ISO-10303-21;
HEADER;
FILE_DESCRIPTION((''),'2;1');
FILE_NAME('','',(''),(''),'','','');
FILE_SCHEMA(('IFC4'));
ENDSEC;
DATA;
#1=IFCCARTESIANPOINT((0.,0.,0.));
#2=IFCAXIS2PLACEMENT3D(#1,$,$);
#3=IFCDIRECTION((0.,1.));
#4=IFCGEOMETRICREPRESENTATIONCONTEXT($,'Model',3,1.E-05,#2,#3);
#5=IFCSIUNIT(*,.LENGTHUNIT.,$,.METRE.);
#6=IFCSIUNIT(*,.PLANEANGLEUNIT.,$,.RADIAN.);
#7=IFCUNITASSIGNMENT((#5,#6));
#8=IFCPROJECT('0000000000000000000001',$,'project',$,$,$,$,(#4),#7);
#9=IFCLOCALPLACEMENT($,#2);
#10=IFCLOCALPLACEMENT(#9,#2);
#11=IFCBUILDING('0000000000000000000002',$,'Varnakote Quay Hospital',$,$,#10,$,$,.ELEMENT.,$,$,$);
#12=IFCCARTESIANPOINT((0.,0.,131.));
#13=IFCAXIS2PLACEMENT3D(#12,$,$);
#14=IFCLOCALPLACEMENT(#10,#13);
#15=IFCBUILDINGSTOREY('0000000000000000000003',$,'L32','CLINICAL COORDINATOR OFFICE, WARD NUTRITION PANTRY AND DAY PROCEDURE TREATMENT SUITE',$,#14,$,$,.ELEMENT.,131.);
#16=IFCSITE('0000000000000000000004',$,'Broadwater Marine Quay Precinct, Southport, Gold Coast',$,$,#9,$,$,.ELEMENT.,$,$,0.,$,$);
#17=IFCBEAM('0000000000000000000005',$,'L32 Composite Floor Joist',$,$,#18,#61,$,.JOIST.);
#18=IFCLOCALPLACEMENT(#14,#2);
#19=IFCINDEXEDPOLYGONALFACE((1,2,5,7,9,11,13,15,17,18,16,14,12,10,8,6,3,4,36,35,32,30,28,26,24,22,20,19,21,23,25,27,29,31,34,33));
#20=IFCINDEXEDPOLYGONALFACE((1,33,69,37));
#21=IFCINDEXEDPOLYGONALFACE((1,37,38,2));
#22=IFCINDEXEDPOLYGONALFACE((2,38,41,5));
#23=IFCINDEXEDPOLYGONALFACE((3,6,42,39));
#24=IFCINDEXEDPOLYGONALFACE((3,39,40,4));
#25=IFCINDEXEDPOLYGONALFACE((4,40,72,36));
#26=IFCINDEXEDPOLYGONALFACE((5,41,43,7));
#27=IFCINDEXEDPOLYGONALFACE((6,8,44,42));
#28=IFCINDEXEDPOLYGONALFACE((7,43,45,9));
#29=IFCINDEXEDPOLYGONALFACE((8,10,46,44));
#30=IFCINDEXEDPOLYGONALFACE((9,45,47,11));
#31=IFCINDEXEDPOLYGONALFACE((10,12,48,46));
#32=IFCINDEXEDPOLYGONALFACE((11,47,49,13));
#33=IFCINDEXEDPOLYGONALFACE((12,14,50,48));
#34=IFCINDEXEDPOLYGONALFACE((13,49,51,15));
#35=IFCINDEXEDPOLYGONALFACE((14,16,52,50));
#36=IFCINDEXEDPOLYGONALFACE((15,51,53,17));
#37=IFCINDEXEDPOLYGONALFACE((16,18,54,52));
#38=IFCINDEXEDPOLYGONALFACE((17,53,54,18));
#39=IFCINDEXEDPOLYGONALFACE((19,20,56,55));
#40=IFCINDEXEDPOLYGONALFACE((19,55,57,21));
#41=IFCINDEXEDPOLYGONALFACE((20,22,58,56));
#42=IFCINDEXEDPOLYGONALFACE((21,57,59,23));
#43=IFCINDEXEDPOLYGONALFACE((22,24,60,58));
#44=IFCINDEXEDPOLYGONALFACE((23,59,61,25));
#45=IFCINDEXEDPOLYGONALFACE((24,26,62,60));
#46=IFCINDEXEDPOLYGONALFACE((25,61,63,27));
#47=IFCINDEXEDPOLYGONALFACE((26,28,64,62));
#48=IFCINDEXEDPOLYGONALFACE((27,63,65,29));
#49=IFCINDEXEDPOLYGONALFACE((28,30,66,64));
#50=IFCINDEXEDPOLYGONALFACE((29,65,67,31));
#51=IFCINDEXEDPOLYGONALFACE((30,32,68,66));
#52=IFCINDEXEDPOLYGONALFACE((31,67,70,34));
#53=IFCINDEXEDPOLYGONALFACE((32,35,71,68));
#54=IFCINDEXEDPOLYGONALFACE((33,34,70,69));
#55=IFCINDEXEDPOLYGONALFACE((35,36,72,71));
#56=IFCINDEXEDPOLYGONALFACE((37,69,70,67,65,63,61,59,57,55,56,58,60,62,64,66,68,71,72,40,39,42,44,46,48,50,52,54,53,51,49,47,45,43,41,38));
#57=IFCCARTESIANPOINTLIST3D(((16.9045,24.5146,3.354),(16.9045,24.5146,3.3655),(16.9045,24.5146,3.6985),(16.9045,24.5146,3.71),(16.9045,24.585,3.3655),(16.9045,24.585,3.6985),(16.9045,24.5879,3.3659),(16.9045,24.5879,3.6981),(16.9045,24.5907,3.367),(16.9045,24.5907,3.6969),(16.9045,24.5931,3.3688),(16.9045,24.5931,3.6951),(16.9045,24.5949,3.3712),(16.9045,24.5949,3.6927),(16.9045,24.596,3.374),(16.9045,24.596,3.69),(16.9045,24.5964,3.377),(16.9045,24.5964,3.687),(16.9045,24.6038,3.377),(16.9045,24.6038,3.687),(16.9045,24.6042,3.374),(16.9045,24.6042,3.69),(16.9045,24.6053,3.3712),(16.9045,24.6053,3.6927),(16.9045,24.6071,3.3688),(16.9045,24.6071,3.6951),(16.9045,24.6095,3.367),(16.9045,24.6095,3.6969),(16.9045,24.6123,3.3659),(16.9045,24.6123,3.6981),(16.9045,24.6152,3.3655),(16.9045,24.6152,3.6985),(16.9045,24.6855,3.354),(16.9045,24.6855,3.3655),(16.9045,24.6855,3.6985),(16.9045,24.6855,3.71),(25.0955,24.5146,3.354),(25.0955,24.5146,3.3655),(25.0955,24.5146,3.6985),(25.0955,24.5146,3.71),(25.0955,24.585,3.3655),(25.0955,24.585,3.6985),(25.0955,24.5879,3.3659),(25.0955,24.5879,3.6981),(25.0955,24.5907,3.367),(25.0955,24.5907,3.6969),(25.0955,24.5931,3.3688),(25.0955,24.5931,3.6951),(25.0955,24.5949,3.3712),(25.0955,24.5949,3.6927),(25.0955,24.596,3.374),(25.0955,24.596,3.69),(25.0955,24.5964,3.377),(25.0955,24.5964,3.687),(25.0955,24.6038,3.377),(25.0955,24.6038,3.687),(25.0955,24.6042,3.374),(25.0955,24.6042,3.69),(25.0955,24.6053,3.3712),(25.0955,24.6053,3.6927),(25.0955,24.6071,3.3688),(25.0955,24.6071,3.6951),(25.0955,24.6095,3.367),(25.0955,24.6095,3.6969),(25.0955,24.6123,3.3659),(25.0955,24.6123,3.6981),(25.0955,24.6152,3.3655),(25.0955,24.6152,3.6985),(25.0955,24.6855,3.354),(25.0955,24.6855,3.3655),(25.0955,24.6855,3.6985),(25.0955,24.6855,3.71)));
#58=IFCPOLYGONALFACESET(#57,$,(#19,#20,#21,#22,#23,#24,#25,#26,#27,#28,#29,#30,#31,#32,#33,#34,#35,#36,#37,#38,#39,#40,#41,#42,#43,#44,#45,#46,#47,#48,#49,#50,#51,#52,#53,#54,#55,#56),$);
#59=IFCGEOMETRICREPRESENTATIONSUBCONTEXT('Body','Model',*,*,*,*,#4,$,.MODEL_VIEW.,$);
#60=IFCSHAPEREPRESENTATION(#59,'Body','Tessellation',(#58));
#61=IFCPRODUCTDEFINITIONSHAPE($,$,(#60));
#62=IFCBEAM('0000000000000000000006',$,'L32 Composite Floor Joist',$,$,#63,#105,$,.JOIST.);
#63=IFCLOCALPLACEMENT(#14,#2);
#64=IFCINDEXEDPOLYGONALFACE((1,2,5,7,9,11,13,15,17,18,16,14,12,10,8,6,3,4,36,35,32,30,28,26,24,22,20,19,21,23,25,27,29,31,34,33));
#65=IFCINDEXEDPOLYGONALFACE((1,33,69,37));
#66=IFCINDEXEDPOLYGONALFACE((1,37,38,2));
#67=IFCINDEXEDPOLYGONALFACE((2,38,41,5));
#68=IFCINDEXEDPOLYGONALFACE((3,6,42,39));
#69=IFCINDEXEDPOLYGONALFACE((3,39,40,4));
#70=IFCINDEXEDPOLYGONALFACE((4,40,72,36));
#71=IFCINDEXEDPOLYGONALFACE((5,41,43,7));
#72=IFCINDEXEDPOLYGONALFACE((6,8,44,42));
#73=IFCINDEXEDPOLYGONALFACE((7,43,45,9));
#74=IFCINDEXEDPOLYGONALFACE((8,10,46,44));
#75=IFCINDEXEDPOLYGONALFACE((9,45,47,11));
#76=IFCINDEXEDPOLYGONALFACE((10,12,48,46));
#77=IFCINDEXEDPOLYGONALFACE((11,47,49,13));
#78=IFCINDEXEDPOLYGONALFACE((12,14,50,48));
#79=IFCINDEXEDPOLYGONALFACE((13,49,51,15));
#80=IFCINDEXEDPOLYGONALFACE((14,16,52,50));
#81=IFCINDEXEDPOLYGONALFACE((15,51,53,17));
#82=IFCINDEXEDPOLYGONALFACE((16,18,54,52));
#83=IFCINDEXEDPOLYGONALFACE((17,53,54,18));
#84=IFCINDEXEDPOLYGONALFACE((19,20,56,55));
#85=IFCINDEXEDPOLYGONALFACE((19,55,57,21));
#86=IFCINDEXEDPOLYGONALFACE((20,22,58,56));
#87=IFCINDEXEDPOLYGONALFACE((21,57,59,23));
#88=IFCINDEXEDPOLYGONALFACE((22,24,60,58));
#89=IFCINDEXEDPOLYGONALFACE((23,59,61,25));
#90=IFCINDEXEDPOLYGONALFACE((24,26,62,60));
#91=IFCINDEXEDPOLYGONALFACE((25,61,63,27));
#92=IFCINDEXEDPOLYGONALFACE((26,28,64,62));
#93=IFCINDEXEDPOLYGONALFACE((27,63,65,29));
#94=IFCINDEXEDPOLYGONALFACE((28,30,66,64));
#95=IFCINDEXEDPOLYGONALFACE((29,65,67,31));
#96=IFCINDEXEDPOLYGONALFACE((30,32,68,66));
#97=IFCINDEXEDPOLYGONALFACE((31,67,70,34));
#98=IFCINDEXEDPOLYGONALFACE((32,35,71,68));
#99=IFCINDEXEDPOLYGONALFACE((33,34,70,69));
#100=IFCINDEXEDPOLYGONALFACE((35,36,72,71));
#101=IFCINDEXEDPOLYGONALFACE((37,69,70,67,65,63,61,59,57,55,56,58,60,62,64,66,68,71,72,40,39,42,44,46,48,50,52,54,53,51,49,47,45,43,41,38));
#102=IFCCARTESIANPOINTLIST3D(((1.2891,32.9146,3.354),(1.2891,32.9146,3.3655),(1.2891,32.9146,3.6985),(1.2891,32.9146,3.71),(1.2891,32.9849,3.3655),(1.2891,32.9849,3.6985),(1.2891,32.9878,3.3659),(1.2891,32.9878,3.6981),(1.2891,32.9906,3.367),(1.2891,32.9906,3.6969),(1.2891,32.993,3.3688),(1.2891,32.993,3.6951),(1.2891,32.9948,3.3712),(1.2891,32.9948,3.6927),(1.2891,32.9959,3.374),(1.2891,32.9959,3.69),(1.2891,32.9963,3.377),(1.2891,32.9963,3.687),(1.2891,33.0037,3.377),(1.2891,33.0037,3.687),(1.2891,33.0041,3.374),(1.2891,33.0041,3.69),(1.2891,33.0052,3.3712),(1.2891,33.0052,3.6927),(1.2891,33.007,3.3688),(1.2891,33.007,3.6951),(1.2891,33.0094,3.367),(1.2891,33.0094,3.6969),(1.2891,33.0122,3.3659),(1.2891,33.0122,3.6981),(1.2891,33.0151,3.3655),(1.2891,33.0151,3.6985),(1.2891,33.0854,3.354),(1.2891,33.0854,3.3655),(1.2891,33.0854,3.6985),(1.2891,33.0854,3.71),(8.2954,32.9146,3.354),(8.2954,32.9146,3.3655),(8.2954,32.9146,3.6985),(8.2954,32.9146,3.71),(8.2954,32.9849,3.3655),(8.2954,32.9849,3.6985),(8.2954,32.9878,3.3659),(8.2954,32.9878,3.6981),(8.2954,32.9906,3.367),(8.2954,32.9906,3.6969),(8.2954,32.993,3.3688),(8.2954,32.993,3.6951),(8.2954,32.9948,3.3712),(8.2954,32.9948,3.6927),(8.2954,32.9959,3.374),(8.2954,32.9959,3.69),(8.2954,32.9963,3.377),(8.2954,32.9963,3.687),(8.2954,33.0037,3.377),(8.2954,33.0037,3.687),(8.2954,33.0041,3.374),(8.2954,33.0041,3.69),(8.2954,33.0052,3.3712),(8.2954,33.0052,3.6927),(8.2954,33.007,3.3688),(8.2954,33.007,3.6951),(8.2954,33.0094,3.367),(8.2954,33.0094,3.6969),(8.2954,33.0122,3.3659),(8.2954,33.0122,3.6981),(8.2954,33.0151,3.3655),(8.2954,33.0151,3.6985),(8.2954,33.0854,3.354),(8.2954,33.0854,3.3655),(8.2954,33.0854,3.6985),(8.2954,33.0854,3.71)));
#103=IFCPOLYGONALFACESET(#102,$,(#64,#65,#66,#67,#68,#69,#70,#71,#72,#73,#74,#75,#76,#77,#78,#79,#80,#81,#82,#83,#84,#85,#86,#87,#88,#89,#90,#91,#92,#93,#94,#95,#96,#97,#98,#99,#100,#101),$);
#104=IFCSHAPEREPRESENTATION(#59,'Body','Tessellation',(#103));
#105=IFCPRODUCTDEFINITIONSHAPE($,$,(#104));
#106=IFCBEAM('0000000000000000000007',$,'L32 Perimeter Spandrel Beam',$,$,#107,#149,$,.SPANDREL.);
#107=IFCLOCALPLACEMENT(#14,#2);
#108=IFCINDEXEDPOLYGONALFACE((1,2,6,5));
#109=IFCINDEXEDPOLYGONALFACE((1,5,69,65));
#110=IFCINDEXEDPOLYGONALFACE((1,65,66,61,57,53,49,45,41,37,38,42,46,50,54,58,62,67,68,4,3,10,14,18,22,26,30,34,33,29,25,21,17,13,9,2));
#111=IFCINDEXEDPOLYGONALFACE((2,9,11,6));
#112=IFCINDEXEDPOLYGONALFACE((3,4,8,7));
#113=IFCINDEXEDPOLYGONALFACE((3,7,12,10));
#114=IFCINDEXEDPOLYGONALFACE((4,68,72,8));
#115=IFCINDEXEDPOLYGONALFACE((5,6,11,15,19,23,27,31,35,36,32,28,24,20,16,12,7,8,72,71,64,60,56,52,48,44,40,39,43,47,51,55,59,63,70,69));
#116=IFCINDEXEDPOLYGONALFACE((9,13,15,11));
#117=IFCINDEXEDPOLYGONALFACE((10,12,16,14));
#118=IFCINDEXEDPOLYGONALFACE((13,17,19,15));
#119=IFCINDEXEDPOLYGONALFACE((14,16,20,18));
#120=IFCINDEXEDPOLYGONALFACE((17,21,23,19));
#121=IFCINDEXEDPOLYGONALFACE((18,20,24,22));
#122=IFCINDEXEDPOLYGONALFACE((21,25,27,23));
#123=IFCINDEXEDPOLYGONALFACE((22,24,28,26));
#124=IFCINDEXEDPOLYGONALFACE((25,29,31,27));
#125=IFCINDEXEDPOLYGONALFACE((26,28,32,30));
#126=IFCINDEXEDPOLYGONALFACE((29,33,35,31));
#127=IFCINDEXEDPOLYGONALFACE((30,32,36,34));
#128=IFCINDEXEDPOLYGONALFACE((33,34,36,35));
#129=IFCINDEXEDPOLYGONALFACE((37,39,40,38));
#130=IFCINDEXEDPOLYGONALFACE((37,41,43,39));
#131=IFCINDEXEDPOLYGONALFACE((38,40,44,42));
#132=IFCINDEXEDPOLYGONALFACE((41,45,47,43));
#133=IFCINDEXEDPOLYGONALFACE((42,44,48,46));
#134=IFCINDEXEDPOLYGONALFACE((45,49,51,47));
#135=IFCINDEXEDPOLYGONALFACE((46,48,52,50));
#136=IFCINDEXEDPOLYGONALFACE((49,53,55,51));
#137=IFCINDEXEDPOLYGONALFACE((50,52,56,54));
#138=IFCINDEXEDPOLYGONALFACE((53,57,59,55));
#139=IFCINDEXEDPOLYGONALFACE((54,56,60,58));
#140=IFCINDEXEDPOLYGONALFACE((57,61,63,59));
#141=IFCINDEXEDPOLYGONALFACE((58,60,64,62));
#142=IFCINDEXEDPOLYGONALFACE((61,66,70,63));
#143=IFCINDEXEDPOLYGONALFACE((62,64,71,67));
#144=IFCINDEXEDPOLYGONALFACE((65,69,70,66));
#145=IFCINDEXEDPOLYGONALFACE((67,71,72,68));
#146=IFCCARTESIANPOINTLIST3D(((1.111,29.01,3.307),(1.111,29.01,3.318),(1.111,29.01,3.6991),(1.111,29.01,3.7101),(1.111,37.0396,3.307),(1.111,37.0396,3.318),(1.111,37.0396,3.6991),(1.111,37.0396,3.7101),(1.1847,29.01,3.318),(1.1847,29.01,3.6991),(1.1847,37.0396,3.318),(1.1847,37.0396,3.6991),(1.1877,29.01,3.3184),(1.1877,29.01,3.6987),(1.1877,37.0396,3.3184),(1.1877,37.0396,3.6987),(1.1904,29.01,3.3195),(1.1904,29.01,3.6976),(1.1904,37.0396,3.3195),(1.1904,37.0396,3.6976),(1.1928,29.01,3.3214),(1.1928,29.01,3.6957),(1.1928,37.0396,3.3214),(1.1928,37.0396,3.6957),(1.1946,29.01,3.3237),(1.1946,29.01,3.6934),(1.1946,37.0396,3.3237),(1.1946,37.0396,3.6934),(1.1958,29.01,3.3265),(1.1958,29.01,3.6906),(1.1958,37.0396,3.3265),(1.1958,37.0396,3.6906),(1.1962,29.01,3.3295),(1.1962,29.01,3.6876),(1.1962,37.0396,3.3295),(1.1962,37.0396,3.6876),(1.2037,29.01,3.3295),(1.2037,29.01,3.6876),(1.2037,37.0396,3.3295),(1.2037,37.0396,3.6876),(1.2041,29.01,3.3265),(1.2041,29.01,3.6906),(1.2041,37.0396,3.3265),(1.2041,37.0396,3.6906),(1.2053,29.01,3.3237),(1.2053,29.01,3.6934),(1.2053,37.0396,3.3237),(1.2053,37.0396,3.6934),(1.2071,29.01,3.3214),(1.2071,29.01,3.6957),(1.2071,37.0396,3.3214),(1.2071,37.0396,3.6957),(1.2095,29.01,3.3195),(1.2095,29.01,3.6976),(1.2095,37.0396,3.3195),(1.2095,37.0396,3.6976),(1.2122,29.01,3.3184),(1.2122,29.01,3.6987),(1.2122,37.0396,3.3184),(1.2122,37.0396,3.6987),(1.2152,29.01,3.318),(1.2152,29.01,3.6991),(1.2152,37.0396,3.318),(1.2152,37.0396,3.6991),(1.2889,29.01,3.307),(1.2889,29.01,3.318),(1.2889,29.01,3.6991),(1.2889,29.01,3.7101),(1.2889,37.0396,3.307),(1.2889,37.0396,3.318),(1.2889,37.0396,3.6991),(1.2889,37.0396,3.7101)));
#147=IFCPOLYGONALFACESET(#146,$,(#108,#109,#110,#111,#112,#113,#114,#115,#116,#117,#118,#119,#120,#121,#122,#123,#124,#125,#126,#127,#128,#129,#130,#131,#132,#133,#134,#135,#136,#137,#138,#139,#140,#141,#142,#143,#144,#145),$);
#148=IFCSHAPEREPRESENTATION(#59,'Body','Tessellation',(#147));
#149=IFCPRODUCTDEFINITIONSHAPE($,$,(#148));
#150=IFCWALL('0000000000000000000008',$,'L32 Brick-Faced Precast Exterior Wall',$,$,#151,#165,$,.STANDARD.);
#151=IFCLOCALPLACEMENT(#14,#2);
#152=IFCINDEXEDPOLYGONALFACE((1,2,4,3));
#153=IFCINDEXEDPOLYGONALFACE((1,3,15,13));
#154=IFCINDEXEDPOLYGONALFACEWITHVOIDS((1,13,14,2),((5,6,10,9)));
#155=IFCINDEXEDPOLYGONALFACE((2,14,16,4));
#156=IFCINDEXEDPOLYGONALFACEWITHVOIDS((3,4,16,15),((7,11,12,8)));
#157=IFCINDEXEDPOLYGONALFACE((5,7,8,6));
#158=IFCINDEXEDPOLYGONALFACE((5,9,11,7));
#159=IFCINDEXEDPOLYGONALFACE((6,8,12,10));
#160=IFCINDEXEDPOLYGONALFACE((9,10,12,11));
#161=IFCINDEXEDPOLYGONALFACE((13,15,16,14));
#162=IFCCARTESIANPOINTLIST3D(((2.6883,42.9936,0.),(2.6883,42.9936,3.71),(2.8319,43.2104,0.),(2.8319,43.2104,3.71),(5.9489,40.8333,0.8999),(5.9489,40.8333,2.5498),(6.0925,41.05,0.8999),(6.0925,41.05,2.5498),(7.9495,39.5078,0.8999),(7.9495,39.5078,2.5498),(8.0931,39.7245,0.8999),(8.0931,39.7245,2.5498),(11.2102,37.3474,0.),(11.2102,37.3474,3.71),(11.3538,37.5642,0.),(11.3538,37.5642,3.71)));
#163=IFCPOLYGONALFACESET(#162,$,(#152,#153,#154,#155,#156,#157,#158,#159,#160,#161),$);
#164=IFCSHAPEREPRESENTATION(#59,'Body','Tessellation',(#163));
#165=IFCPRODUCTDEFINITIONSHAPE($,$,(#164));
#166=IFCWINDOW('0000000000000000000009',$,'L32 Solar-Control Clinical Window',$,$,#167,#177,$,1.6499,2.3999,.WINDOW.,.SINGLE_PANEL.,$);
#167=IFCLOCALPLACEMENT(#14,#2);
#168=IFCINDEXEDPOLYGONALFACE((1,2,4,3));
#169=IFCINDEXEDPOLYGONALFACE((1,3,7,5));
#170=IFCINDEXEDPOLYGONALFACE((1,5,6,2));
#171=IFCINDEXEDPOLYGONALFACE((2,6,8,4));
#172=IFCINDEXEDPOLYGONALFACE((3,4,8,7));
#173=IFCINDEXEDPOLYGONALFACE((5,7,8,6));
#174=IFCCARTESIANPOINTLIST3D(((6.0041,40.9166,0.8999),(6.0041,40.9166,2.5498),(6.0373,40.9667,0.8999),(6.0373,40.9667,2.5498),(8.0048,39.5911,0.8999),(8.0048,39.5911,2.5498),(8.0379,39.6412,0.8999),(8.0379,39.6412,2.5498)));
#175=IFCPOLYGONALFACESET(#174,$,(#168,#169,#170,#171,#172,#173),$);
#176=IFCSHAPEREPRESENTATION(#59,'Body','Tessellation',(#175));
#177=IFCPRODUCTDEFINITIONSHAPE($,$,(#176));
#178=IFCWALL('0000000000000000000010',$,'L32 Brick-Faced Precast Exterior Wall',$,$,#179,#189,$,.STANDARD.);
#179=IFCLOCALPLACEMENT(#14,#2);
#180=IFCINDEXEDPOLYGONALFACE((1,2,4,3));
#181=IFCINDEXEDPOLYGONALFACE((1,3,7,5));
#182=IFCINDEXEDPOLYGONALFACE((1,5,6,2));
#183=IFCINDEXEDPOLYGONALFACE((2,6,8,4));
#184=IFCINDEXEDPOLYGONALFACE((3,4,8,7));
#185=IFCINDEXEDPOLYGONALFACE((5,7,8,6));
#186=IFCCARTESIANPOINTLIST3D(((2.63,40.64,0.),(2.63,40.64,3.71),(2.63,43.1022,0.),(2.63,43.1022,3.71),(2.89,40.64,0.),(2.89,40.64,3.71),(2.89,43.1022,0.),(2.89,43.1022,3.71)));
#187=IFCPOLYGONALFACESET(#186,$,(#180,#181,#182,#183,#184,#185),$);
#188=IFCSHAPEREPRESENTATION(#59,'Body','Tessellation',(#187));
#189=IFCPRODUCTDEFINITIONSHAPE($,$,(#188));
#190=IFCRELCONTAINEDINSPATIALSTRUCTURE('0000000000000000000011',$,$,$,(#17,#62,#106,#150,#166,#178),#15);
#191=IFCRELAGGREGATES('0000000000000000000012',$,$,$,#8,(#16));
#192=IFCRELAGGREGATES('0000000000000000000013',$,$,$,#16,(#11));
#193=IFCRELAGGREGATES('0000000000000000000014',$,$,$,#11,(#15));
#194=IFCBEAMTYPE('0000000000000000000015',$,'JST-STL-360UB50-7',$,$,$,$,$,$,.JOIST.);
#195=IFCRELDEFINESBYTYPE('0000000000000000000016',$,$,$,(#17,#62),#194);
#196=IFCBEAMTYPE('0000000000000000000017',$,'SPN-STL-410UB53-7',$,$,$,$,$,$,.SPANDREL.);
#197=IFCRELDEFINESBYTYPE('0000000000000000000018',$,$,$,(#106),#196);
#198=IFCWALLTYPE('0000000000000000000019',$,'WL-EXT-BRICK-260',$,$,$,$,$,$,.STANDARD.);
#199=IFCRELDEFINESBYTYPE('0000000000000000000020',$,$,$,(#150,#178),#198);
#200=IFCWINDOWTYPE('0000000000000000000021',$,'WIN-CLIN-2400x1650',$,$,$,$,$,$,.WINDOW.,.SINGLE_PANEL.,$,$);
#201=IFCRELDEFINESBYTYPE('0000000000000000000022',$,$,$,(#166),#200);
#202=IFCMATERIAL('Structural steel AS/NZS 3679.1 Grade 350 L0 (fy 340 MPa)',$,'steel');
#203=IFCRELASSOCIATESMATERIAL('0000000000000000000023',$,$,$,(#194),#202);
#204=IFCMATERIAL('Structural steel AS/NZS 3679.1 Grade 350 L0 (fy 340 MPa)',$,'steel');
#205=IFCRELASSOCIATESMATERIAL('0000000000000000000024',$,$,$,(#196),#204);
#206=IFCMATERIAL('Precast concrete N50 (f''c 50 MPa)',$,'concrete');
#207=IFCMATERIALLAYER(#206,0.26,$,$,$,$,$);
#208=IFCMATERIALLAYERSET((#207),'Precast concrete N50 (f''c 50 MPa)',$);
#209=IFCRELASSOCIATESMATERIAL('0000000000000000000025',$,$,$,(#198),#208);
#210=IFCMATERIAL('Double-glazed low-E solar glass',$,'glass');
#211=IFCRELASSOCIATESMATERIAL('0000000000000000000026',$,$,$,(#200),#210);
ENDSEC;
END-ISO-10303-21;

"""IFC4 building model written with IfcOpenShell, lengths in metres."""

from ifc_helpers import new_model, si_unit, direction, frame, frame_2d, origin, origin_2d, place, context, subcontext, project, spatial, rectangle, i_section, extrude, material, layer, layer_set, material_profile, profile_set, type_object, element, fill, save


model = new_model("IFC4")

# Units and contexts
model_context = context("Model", 3, precision=1e-05, world=origin(), true_north=direction((0.0, 1.0)))
body_context = subcontext(model_context, "Body", "Model", "MODEL_VIEW")
ifc_project = project(units=[si_unit("LENGTHUNIT", "METRE"), si_unit("PLANEANGLEUNIT", "RADIAN")], contexts=[model_context])

# Site, building, storey
site_placement = place(None, origin())
site = spatial("IfcSite", under=ifc_project, at=site_placement, Name="Broadwater Marine Quay Precinct, Southport, Gold Coast", CompositionType="ELEMENT", RefElevation=0.0)
building_placement = place(site_placement, origin())
building = spatial("IfcBuilding", under=site, at=building_placement, Name="Varnakote Quay Hospital", CompositionType="ELEMENT")
storey_placement = place(building_placement, frame((0.0, 0.0, 131.0)))
storey = spatial("IfcBuildingStorey", under=building, at=storey_placement, Name="L32", Description="CLINICAL COORDINATOR OFFICE, WARD NUTRITION PANTRY AND DAY PROCEDURE TREATMENT SUITE", CompositionType="ELEMENT", Elevation=131.0)

# Beams
ifc_material_1 = material(Name="Structural steel AS/NZS 3679.1 Grade 350 L0 (fy 340 MPa)", Category="steel")
ifc_material_profile_1 = material_profile(ifc_material_1, i_section(OverallWidth=0.1709, OverallDepth=0.356, WebThickness=0.0073, FlangeThickness=0.0115, FilletRadius=0.0115, at=origin_2d()), Name="360UB50.7")
ifc_profile_set_1 = profile_set([ifc_material_profile_1], Name="Structural steel AS/NZS 3679.1 Grade 350 L0 (fy 340 MPa)")
beam_type_1 = type_object("IfcBeamType", Name="JST-STL-360UB50-7", PredefinedType="JOIST", material=ifc_profile_set_1)
beam_1_placement = place(storey_placement, frame((16.9045, 24.6001, 3.532), z_axis=(1.0, 0.0, 0.0), x_axis=(0.0, 1.0, 0.0)))
element("IfcBeam", 1, at=beam_1_placement, inside=storey, type_object=beam_type_1, Name="L32 Composite Floor Joist", PredefinedType="JOIST", context=body_context, shape_type="SweptSolid", body=[
    extrude(i_section(OverallWidth=0.1709, OverallDepth=0.356, WebThickness=0.0073, FlangeThickness=0.0115, FilletRadius=0.0115, at=origin_2d()), origin(), (0.0, 0.0, 1.0), 8.1909),
])
beam_2_placement = place(storey_placement, frame((1.2891, 33.0, 3.532), z_axis=(1.0, 0.0, 0.0), x_axis=(0.0, 1.0, 0.0)))
element("IfcBeam", 2, at=beam_2_placement, inside=storey, type_object=beam_type_1, Name="L32 Composite Floor Joist", PredefinedType="JOIST", context=body_context, shape_type="SweptSolid", body=[
    extrude(i_section(OverallWidth=0.1709, OverallDepth=0.356, WebThickness=0.0073, FlangeThickness=0.0115, FilletRadius=0.0115, at=origin_2d()), origin(), (0.0, 0.0, 1.0), 7.0063),
])
ifc_material_2 = material(Name="Structural steel AS/NZS 3679.1 Grade 350 L0 (fy 340 MPa)", Category="steel")
ifc_material_profile_2 = material_profile(ifc_material_2, i_section(OverallWidth=0.178, OverallDepth=0.4031, WebThickness=0.0076, FlangeThickness=0.011, FilletRadius=0.0115, at=origin_2d()), Name="410UB53.7")
ifc_profile_set_2 = profile_set([ifc_material_profile_2], Name="Structural steel AS/NZS 3679.1 Grade 350 L0 (fy 340 MPa)")
beam_type_2 = type_object("IfcBeamType", Name="SPN-STL-410UB53-7", PredefinedType="SPANDREL", material=ifc_profile_set_2)
beam_3_placement = place(storey_placement, frame((1.2, 29.01, 3.5085), z_axis=(0.0, 1.0, 0.0), x_axis=(-1.0, 0.0, 0.0)))
element("IfcBeam", 3, at=beam_3_placement, inside=storey, type_object=beam_type_2, Name="L32 Perimeter Spandrel Beam", PredefinedType="SPANDREL", context=body_context, shape_type="SweptSolid", body=[
    extrude(i_section(OverallWidth=0.178, OverallDepth=0.4031, WebThickness=0.0076, FlangeThickness=0.011, FilletRadius=0.0115, at=origin_2d()), origin(), (0.0, 0.0, 1.0), 8.0295),
])

# Wall, opening, window
ifc_material_3 = material(Name="Precast concrete N50 (f'c 50 MPa)", Category="concrete")
ifc_layer_1 = layer(ifc_material_3, 0.26)
ifc_layer_set_1 = layer_set([ifc_layer_1], Name="Precast concrete N50 (f'c 50 MPa)")
wall_type_1 = type_object("IfcWallType", Name="WL-EXT-BRICK-260", PredefinedType="STANDARD", material=ifc_layer_set_1)
wall_1_placement = place(storey_placement, frame((11.282, 37.4558, 0.0), z_axis=(0.0, 0.0, 1.0), x_axis=(-0.83363, 0.552323, 0.0)))
wall_1 = element("IfcWall", 4, at=wall_1_placement, inside=storey, type_object=wall_type_1, Name="L32 Brick-Faced Precast Exterior Wall", PredefinedType="STANDARD", context=body_context, shape_type="SweptSolid", body=[
    extrude(rectangle(XDim=10.2227, YDim=0.26, at=frame_2d((5.1113, 0.0))), origin(), (0.0, 0.0, 1.0), 3.71),
])
opening_1_placement = place(wall_1_placement, frame((3.9114, 0.0, 0.8999)))
opening_1 = element("IfcOpeningElement", 5, at=opening_1_placement, cuts=wall_1, PredefinedType="OPENING", context=body_context, shape_type="SweptSolid", body=[
    extrude(rectangle(XDim=2.3999, YDim=1.6499, at=frame_2d((1.2, 0.825))), frame((0.0, 0.1399, 0.0), z_axis=(0.0, -1.0, 0.0), x_axis=(1.0, 0.0, 0.0)), (0.0, 0.0, 1.0), 0.28),
])
ifc_material_4 = material(Name="Double-glazed low-E solar glass", Category="glass")
window_type = type_object("IfcWindowType", Name="WIN-CLIN-2400x1650", PartitioningType="SINGLE_PANEL", PredefinedType="WINDOW", material=ifc_material_4)
window_1_placement = place(opening_1_placement, origin())
window_1 = element("IfcWindow", 6, at=window_1_placement, inside=storey, type_object=window_type, Name="L32 Solar-Control Clinical Window", OverallHeight=1.6499, OverallWidth=2.3999, PartitioningType="SINGLE_PANEL", PredefinedType="WINDOW", context=body_context, shape_type="SweptSolid", body=[
    extrude(rectangle(XDim=2.3999, YDim=1.6499, at=frame_2d((1.2, 0.825))), frame((0.0, 0.03, 0.0), z_axis=(0.0, -1.0, 0.0), x_axis=(1.0, 0.0, 0.0)), (0.0, 0.0, 1.0), 0.0601),
])
fill(opening_1, window_1)

# Wall
wall_2_placement = place(storey_placement, frame((2.76, 43.1021, 0.0), z_axis=(0.0, 0.0, 1.0), x_axis=(0.0, -1.0, 0.0)))
element("IfcWall", 7, at=wall_2_placement, inside=storey, type_object=wall_type_1, Name="L32 Brick-Faced Precast Exterior Wall", PredefinedType="STANDARD", context=body_context, shape_type="SweptSolid", body=[
    extrude(rectangle(XDim=2.4622, YDim=0.26, at=frame_2d((1.231, 0.0))), origin(), (0.0, 0.0, 1.0), 3.71),
])

save(model, "model.ifc")
